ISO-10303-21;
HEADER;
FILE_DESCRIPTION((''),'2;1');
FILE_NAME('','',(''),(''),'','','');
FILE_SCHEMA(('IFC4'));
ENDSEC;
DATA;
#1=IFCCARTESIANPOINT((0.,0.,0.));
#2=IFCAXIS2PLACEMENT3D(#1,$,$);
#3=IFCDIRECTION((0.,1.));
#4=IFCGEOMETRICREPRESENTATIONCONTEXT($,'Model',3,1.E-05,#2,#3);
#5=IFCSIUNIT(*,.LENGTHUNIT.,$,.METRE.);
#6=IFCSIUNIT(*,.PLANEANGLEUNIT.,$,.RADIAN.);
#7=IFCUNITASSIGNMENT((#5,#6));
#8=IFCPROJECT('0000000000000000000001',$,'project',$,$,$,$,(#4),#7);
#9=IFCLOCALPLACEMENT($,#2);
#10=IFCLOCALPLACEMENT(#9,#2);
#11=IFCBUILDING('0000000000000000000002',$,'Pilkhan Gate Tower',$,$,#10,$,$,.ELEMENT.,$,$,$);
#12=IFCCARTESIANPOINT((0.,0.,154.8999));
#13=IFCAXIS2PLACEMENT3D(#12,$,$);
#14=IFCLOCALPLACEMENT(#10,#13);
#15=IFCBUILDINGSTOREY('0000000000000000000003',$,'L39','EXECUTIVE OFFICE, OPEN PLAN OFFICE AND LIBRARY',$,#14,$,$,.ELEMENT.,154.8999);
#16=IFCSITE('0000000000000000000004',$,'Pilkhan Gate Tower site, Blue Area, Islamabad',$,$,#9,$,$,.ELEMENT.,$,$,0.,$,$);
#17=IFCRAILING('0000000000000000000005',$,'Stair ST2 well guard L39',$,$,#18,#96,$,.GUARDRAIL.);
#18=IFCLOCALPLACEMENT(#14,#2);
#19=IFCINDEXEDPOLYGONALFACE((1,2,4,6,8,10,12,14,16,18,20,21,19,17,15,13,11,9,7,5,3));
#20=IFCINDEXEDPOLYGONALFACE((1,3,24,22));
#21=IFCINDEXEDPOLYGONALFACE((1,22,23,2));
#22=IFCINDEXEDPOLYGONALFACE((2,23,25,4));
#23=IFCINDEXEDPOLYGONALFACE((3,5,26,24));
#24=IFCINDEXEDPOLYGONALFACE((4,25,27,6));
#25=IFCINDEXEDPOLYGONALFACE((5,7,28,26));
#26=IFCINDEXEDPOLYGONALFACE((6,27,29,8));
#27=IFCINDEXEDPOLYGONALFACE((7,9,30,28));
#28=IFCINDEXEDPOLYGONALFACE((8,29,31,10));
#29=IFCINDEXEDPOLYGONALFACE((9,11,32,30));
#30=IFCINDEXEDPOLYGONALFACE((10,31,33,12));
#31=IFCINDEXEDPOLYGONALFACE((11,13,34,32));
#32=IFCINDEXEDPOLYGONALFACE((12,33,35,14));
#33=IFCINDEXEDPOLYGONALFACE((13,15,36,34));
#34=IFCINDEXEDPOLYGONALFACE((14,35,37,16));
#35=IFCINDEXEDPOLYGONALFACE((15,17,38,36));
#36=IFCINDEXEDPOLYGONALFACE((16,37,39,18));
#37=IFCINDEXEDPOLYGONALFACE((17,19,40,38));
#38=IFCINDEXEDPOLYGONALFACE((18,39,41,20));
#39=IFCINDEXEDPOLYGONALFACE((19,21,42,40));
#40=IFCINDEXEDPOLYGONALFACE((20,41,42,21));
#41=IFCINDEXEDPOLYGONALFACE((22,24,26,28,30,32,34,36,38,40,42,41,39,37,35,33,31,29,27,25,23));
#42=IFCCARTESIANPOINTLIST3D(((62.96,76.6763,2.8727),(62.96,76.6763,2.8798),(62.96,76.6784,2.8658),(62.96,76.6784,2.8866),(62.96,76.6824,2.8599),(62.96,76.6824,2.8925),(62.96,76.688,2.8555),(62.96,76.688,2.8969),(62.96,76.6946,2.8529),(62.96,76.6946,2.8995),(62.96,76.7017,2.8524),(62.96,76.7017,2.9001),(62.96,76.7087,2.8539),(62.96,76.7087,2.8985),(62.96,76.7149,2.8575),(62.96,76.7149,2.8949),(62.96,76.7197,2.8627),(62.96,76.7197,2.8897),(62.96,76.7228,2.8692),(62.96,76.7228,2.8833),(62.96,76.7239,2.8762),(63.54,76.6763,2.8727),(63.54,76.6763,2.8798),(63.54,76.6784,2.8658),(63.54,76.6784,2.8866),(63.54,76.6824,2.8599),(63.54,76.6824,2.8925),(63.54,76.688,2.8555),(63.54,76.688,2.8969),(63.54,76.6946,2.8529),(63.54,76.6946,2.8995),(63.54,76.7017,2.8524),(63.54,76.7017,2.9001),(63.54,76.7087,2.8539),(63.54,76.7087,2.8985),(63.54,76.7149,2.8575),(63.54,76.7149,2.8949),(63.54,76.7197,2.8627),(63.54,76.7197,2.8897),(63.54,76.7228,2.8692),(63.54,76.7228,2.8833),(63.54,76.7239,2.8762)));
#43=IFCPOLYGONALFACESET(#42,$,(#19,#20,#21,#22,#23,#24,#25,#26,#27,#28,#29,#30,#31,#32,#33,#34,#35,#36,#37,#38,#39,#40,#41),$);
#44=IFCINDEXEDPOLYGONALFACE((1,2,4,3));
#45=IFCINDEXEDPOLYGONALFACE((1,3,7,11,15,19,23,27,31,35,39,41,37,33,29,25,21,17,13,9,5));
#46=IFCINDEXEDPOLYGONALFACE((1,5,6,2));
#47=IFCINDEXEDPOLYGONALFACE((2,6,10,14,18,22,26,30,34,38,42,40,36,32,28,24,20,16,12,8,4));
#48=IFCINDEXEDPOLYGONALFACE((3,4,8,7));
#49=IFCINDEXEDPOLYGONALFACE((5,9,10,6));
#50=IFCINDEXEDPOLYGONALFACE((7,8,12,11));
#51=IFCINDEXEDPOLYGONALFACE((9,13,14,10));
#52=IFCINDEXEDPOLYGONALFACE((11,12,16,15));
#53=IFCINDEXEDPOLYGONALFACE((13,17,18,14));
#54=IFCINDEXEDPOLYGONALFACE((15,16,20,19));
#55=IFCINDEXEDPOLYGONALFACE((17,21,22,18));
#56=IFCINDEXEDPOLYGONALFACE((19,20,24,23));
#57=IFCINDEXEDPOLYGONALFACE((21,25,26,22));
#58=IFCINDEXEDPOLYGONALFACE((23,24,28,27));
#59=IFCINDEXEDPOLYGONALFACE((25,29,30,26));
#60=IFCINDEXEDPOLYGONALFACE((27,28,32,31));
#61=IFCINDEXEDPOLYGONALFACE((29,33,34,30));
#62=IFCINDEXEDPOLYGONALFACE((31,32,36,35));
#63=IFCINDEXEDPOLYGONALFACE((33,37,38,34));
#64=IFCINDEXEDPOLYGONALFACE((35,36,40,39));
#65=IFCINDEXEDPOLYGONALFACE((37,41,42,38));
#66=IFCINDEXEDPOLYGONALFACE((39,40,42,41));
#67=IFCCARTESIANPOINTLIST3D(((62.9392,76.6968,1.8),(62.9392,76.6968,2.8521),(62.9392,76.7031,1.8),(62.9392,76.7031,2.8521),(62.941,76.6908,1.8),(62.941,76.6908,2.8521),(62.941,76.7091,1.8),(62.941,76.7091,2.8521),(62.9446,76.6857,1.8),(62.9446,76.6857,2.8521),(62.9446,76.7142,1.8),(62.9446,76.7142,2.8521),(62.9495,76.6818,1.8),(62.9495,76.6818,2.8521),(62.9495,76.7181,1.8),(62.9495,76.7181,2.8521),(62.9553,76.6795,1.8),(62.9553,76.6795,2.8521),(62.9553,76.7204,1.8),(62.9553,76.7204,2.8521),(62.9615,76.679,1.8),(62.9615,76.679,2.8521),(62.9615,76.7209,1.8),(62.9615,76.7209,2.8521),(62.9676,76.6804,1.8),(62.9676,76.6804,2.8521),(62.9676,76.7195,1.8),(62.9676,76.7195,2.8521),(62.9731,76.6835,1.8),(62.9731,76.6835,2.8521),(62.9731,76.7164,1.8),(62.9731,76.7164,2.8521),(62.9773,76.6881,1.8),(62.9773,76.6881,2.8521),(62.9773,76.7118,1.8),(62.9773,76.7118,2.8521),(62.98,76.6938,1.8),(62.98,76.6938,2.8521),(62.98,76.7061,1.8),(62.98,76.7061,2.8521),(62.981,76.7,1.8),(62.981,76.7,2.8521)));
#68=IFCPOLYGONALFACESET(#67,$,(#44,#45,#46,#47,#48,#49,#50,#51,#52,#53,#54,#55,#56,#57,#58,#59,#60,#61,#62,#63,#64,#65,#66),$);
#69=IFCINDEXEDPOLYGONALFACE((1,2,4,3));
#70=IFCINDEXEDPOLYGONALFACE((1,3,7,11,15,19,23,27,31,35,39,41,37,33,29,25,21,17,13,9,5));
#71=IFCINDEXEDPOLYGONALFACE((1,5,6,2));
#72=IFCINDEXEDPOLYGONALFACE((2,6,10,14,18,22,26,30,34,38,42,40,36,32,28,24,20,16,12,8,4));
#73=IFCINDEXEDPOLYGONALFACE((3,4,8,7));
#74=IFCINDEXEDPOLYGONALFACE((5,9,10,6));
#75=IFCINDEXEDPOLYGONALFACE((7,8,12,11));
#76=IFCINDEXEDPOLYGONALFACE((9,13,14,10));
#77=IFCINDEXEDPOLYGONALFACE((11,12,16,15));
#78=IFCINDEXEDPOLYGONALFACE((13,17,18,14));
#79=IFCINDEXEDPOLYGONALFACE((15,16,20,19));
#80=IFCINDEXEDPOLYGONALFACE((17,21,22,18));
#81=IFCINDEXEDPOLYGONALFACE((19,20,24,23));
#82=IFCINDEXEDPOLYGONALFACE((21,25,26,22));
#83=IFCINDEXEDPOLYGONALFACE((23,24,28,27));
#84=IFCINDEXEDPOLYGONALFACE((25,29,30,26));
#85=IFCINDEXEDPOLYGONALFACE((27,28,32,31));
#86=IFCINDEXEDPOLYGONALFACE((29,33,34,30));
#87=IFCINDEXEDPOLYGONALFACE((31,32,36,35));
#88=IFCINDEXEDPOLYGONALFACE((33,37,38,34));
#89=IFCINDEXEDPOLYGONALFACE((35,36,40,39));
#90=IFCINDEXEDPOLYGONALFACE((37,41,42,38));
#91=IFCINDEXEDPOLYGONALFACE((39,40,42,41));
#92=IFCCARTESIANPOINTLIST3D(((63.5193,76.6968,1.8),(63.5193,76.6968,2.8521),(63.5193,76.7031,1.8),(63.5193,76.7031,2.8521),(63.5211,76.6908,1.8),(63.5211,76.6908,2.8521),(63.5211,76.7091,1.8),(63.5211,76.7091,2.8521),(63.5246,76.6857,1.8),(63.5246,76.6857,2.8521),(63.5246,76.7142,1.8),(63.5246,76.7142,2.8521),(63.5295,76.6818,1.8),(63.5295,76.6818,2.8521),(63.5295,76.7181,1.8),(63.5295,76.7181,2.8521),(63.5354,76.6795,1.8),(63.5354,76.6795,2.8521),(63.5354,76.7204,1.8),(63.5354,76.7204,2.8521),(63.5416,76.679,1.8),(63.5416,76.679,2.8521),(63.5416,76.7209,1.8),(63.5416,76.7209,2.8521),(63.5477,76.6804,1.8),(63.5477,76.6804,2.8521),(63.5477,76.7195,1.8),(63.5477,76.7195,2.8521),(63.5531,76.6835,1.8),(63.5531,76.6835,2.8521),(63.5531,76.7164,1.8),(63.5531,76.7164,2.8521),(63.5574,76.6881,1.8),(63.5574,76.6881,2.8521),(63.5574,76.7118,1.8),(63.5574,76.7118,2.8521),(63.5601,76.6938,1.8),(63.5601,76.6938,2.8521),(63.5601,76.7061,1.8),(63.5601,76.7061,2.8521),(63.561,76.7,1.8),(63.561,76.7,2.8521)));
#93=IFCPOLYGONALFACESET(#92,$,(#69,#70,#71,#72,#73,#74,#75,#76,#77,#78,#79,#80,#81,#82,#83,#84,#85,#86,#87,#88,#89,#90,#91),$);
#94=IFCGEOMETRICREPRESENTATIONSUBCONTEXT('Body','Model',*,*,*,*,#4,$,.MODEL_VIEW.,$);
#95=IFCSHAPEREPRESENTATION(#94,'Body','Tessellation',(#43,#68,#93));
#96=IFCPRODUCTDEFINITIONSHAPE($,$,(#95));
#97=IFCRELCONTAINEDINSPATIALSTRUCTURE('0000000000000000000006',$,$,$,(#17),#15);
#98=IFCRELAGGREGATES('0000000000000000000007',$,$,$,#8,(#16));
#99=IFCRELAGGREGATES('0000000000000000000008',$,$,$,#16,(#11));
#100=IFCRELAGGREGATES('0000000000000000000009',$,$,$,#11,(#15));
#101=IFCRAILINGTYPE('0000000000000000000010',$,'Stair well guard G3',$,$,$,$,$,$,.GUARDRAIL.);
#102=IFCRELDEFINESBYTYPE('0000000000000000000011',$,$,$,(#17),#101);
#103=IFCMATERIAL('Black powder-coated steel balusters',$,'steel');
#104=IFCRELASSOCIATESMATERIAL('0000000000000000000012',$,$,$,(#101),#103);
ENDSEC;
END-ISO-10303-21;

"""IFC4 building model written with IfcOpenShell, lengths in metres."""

from ifc_helpers import new_model, si_unit, direction, frame, origin, origin_2d, place, context, subcontext, project, spatial, circle, extrude, material, type_object, element, save


model = new_model("IFC4")

# Units and contexts
model_context = context("Model", 3, precision=1e-05, world=origin(), true_north=direction((0.0, 1.0)))
body_context = subcontext(model_context, "Body", "Model", "MODEL_VIEW")
ifc_project = project(units=[si_unit("LENGTHUNIT", "METRE"), si_unit("PLANEANGLEUNIT", "RADIAN")], contexts=[model_context])

# Site, building, storey
site_placement = place(None, origin())
site = spatial("IfcSite", under=ifc_project, at=site_placement, Name="Pilkhan Gate Tower site, Blue Area, Islamabad", CompositionType="ELEMENT", RefElevation=0.0)
building_placement = place(site_placement, origin())
building = spatial("IfcBuilding", under=site, at=building_placement, Name="Pilkhan Gate Tower", CompositionType="ELEMENT")
storey_placement = place(building_placement, frame((0.0, 0.0, 154.8999)))
storey = spatial("IfcBuildingStorey", under=building, at=storey_placement, Name="L39", Description="EXECUTIVE OFFICE, OPEN PLAN OFFICE AND LIBRARY", CompositionType="ELEMENT", Elevation=154.8999)

# Railing
ifc_material_1 = material(Name="Black powder-coated steel balusters", Category="steel")
railing_type_1 = type_object("IfcRailingType", Name="Stair well guard G3", PredefinedType="GUARDRAIL", material=ifc_material_1)
for number, where, name in (
    (1, (62.96, 76.7, 1.8), "Stair ST2 well guard L39"),
):
    element("IfcRailing", number, at=place(storey_placement, frame(where)), inside=storey, type_object=railing_type_1, Name=name, PredefinedType="GUARDRAIL", context=body_context, shape_type="SweptSolid", body=[
        extrude(circle(Radius=0.0239, at=origin_2d()), frame((0.0, 0.0, 1.0762), z_axis=(1.0, 0.0, 0.0), x_axis=(0.0, 1.0, 0.0)), (0.0, 0.0, 1.0), 0.5801),
        extrude(circle(Radius=0.021, at=origin_2d()), origin(), (0.0, 0.0, 1.0), 1.052),
        extrude(circle(Radius=0.021, at=origin_2d()), frame((0.5801, 0.0, 0.0)), (0.0, 0.0, 1.0), 1.052),
    ])

save(model, "model.ifc")
